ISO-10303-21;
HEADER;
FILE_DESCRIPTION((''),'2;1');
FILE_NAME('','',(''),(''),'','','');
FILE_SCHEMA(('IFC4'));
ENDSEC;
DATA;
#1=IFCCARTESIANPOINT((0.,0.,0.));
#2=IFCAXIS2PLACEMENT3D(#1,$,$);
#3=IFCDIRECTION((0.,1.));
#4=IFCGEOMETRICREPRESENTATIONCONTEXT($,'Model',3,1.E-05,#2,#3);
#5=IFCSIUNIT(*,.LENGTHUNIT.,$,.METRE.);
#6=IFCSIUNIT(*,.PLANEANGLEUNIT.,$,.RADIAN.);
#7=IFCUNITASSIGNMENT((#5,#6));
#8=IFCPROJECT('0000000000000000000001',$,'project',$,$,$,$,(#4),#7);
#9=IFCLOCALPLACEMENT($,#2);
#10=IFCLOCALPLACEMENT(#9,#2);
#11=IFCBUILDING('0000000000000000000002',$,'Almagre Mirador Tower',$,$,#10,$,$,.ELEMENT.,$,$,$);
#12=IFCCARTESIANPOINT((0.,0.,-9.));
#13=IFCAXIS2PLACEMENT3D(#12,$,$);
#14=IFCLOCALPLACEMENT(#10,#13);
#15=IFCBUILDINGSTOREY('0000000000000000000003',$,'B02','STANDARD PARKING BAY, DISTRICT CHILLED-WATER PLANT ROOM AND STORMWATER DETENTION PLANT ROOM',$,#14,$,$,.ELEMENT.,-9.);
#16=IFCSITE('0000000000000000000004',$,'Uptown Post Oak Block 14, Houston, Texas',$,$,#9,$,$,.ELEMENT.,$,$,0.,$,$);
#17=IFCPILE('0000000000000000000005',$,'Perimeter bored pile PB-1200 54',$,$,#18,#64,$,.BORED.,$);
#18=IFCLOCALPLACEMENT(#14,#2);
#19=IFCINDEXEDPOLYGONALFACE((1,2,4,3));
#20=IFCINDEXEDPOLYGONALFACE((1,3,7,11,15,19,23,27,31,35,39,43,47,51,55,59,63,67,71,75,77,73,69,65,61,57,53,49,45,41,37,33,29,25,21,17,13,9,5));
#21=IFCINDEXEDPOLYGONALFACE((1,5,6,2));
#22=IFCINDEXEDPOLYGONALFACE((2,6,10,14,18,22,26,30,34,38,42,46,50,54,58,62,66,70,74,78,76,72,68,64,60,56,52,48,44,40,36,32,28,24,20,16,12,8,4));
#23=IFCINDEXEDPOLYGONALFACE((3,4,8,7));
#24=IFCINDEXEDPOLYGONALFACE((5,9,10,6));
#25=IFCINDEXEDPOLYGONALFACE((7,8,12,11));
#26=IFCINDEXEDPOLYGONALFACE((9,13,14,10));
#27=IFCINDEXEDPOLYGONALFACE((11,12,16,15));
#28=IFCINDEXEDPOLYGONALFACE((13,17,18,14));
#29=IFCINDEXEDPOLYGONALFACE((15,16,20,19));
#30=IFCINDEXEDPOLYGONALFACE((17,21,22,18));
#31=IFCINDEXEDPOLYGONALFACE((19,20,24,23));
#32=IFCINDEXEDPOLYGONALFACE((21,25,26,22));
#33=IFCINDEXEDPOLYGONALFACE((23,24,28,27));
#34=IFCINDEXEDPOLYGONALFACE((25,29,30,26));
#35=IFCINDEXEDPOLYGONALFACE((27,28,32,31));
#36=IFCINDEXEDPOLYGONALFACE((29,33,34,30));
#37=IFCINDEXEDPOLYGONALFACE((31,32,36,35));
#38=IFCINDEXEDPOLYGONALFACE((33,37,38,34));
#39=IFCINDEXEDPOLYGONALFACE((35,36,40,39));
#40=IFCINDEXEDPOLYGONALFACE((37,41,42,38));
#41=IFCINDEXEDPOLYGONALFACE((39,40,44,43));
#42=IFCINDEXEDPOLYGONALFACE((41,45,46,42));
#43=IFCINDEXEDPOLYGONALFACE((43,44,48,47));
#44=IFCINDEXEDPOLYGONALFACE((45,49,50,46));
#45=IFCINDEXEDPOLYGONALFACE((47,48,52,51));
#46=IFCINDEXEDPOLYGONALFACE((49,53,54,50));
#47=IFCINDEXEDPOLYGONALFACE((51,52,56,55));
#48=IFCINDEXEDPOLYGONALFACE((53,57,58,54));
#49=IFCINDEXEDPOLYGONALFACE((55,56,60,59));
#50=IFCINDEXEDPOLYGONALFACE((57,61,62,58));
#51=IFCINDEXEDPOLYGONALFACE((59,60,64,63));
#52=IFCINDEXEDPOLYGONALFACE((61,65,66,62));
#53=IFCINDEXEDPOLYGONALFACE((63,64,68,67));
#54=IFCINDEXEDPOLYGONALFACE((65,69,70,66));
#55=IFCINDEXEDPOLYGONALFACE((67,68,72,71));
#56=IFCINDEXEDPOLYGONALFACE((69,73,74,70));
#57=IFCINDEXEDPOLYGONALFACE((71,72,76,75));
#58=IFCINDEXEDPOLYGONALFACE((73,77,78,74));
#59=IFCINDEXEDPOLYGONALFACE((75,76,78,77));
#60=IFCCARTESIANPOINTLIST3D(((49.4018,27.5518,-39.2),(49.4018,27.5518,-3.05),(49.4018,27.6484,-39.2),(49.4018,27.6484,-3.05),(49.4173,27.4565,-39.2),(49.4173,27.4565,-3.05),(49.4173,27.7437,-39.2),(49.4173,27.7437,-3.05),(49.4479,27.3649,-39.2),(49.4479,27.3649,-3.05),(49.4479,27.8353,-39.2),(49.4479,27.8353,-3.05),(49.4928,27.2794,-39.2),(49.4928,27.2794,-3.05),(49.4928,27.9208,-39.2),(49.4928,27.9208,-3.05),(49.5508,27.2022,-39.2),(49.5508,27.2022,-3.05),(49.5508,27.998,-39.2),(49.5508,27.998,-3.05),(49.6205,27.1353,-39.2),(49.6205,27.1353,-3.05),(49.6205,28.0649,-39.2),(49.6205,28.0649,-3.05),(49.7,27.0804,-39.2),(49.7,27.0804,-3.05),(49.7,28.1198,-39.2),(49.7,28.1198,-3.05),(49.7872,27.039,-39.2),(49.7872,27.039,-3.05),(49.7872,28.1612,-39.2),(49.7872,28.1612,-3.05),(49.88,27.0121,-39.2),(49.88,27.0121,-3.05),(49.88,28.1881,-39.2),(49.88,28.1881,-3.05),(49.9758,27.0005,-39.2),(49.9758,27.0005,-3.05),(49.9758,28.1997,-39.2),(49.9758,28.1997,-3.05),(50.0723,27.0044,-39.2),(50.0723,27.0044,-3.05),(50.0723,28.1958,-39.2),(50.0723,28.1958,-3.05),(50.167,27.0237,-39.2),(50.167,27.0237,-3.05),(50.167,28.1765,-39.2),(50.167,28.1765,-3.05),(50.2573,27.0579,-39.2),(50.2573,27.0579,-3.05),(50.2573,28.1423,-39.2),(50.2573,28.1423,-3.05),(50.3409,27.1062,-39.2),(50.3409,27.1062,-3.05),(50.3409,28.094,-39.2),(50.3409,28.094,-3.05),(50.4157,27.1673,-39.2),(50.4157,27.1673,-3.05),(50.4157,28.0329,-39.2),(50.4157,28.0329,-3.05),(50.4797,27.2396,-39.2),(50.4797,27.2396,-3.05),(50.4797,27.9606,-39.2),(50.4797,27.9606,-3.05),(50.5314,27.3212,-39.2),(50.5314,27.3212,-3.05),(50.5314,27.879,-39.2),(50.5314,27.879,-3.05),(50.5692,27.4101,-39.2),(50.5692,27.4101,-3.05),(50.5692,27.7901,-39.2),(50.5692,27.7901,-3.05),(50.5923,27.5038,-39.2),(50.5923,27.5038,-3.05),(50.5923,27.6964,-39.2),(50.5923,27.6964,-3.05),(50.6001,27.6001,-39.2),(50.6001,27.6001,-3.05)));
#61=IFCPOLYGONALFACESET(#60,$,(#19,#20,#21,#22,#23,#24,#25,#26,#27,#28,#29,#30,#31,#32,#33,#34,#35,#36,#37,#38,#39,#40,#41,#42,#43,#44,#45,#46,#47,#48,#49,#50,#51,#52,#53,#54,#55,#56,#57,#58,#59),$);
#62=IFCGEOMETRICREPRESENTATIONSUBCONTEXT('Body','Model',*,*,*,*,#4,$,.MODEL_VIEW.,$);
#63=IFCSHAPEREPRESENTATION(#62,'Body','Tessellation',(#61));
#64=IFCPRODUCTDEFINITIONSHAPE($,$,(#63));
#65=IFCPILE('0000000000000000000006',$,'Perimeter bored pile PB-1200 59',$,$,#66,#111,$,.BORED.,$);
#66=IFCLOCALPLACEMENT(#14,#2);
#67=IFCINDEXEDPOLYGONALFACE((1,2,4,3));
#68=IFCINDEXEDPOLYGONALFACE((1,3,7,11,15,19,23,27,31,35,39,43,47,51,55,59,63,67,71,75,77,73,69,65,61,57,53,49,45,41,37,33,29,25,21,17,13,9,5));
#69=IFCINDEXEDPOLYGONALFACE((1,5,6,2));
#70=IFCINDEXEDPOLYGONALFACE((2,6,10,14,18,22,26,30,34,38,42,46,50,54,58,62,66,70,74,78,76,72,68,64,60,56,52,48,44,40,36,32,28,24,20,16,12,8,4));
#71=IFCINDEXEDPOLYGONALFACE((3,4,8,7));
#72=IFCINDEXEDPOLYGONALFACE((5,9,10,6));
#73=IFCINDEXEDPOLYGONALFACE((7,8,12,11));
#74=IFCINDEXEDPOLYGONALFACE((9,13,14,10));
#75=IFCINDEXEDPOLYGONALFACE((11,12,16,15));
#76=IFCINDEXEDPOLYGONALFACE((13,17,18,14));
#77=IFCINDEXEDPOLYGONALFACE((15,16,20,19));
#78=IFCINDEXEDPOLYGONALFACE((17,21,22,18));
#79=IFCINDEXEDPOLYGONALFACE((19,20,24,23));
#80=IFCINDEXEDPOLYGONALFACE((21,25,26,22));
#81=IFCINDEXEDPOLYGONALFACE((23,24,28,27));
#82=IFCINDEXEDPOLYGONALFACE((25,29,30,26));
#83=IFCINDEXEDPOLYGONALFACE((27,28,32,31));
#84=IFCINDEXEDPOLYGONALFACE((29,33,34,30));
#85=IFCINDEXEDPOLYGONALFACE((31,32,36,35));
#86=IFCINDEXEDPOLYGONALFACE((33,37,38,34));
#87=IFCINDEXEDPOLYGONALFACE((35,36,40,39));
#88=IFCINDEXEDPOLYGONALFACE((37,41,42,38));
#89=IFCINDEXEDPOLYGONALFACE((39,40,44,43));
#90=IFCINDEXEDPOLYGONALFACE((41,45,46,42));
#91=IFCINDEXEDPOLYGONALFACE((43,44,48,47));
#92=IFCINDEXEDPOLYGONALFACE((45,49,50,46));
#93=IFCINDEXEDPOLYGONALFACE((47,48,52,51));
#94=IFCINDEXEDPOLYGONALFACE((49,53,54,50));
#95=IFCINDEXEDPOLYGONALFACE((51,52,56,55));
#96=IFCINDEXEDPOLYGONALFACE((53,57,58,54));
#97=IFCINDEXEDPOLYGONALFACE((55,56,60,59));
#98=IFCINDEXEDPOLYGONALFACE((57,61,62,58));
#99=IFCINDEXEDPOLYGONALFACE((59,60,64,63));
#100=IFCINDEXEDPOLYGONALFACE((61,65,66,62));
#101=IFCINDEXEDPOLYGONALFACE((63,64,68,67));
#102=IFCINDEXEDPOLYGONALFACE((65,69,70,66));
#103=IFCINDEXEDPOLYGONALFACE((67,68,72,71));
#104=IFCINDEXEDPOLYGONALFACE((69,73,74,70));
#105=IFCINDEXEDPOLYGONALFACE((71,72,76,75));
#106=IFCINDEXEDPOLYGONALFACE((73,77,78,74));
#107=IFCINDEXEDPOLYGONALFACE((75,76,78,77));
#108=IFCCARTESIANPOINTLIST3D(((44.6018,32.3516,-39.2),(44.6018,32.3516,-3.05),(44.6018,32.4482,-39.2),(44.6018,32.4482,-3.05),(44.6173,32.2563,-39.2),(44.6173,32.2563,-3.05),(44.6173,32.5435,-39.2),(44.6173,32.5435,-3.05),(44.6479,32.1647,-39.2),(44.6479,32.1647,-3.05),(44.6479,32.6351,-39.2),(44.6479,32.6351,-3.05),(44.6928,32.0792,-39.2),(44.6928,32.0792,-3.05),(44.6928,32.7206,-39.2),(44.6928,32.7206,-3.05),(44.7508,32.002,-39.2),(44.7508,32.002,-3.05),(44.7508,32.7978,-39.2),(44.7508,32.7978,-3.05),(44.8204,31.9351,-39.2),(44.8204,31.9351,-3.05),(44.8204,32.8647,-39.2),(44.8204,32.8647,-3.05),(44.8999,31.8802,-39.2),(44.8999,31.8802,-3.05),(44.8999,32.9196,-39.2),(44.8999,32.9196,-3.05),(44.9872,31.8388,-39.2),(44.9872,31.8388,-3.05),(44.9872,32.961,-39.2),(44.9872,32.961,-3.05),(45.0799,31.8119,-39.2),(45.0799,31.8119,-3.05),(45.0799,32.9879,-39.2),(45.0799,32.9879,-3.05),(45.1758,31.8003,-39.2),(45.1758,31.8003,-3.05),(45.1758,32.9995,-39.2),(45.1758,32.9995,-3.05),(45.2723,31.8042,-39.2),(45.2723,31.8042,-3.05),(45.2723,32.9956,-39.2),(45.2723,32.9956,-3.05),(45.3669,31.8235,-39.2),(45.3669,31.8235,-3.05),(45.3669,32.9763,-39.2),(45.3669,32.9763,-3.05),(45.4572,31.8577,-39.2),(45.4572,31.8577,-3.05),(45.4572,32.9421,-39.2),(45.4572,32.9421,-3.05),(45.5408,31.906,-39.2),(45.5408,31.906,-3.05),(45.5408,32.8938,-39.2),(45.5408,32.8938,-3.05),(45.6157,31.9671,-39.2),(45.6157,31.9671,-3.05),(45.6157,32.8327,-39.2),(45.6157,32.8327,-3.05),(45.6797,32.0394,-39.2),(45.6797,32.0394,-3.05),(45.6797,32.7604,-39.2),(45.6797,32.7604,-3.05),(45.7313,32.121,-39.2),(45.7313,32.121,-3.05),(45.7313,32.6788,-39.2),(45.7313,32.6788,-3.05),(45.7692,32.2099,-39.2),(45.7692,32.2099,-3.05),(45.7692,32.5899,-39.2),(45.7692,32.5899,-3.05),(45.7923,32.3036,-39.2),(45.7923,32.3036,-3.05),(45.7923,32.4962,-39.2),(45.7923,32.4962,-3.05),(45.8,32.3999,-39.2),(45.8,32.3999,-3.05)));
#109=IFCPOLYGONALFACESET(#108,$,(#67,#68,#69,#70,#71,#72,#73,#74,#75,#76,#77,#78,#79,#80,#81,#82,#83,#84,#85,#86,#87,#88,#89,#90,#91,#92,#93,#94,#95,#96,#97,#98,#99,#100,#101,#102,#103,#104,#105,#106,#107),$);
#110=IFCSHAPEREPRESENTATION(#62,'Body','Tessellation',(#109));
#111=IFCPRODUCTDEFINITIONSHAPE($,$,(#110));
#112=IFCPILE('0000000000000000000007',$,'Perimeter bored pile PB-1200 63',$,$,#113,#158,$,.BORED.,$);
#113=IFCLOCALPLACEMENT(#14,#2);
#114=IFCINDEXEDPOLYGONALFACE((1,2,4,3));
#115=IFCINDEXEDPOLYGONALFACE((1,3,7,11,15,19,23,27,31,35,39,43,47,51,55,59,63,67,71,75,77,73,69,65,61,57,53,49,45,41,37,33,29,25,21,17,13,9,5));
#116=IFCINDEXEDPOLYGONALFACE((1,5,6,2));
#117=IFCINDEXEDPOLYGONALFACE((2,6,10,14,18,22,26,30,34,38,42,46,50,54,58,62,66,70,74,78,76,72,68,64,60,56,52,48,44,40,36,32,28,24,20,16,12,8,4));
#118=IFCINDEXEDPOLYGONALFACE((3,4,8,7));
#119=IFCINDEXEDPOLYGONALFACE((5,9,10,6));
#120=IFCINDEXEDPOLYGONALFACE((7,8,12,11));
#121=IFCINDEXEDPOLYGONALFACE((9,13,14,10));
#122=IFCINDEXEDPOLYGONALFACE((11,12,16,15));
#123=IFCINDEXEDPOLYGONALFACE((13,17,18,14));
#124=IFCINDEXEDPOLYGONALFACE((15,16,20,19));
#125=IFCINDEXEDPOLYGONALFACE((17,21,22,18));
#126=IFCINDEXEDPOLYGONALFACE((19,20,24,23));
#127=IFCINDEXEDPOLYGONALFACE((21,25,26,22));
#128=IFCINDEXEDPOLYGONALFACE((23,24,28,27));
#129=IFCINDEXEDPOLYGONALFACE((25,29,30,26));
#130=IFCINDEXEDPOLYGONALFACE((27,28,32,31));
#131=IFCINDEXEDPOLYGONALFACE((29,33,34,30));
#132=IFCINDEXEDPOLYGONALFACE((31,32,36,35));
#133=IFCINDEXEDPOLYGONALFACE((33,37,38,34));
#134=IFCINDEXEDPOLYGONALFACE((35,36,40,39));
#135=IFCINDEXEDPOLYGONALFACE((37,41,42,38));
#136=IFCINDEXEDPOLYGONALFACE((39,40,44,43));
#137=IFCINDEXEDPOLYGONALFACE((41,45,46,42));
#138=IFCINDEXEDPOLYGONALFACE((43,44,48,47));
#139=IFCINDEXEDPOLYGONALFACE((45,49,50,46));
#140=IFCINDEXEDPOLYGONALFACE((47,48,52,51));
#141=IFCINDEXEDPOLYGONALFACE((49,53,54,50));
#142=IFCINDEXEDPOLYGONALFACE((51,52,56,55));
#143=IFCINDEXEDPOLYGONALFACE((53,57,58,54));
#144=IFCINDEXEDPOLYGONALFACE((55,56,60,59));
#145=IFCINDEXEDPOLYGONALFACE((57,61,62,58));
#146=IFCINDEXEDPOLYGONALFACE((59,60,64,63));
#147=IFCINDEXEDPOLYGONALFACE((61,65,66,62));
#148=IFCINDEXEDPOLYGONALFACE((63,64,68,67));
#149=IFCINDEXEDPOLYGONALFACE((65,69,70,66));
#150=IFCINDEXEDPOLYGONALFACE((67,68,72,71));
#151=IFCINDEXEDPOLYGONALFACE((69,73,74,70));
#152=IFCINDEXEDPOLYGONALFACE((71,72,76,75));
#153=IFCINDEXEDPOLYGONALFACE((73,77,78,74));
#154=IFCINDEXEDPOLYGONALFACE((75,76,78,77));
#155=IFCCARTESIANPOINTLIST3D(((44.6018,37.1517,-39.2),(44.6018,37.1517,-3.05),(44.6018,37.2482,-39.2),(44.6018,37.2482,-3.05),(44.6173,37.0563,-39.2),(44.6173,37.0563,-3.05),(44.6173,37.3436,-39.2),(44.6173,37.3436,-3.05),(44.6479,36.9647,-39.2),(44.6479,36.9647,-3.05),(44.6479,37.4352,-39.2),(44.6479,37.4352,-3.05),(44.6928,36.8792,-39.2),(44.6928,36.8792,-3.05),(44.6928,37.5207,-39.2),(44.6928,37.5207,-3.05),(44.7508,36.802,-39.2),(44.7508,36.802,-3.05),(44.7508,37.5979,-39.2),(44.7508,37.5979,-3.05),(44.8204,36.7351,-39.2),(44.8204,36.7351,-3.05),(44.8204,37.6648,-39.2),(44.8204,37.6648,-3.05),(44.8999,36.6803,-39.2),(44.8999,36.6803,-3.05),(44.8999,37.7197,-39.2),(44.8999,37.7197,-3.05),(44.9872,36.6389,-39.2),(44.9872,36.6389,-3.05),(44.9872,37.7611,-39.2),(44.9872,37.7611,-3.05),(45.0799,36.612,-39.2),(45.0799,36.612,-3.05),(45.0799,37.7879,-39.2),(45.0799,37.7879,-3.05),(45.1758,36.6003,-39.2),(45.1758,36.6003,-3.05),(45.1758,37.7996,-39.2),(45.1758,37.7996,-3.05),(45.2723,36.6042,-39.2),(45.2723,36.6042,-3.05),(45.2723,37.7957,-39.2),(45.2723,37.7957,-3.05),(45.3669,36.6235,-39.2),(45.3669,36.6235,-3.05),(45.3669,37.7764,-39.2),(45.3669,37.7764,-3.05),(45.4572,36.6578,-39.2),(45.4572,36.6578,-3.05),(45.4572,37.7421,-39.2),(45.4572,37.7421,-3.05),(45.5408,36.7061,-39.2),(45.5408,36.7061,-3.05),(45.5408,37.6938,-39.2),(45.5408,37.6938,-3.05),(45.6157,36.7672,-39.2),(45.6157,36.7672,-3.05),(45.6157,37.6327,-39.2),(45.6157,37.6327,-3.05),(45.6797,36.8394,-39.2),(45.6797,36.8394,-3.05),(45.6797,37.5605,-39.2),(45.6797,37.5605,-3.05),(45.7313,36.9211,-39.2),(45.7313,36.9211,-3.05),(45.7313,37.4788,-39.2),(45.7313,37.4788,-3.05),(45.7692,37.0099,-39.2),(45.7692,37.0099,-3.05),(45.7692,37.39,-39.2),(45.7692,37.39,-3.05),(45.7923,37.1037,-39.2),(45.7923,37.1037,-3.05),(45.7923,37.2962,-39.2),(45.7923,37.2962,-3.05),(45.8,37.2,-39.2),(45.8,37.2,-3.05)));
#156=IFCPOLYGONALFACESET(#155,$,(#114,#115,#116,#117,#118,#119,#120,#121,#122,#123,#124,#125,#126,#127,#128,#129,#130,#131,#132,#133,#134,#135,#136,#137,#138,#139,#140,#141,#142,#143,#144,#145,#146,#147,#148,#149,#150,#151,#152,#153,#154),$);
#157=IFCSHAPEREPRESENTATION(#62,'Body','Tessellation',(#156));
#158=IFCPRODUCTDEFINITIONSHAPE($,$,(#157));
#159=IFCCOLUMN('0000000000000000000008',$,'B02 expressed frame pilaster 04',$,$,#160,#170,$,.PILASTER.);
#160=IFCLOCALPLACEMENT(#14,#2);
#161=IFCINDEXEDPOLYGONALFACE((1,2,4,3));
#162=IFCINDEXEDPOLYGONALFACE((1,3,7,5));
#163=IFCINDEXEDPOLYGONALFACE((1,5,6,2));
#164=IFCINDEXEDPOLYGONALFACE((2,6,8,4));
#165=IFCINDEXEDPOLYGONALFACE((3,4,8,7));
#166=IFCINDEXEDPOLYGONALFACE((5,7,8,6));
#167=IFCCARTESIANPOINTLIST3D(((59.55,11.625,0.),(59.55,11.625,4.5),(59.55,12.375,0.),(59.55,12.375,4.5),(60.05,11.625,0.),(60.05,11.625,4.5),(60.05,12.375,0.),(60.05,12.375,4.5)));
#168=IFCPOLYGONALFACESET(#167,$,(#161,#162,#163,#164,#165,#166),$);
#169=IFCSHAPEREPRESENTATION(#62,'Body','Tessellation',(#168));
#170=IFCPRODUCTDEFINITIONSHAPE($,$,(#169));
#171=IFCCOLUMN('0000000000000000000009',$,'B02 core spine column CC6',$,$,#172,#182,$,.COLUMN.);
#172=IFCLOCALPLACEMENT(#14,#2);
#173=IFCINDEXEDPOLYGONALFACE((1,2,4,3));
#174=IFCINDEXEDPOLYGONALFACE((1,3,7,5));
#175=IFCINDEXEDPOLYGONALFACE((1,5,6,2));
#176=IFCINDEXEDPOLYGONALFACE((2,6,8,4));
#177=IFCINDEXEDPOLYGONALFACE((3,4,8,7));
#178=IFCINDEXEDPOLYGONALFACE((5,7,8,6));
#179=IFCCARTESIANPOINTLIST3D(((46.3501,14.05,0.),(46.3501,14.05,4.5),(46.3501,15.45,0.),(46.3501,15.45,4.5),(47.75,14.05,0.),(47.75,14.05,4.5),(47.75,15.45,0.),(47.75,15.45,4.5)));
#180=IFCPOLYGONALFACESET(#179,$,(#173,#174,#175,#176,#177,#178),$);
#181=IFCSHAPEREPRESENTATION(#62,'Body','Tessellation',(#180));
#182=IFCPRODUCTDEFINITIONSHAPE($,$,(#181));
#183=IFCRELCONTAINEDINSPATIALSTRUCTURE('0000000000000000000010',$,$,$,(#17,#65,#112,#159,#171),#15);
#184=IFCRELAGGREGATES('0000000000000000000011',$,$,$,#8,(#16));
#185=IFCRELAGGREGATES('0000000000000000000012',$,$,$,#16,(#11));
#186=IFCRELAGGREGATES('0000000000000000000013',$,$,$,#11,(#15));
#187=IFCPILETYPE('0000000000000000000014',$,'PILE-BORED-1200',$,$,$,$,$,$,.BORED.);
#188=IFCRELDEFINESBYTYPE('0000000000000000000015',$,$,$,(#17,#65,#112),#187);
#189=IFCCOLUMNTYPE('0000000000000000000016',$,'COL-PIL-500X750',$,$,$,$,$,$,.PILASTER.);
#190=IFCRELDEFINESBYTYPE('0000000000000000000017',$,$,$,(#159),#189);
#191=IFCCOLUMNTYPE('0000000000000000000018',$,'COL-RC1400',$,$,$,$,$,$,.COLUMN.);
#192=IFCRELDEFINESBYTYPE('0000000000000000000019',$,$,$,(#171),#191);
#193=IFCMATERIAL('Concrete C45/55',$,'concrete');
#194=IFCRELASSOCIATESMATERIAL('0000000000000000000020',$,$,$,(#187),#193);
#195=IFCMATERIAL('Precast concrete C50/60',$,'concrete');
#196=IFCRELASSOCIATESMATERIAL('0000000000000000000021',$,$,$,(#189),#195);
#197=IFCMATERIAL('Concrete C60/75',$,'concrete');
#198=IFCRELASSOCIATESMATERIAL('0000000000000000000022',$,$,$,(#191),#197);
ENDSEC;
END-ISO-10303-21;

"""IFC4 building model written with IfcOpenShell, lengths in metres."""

from ifc_helpers import new_model, si_unit, direction, frame, origin, origin_2d, place, context, subcontext, project, spatial, rectangle, circle, extrude, material, material_profile, profile_set, type_object, element, save


model = new_model("IFC4")

# Units and contexts
model_context = context("Model", 3, precision=1e-05, world=origin(), true_north=direction((0.0, 1.0)))
body_context = subcontext(model_context, "Body", "Model", "MODEL_VIEW")
ifc_project = project(units=[si_unit("LENGTHUNIT", "METRE"), si_unit("PLANEANGLEUNIT", "RADIAN")], contexts=[model_context])

# Site, building, storey
site_placement = place(None, origin())
site = spatial("IfcSite", under=ifc_project, at=site_placement, Name="Uptown Post Oak Block 14, Houston, Texas", CompositionType="ELEMENT", RefElevation=0.0)
building_placement = place(site_placement, origin())
building = spatial("IfcBuilding", under=site, at=building_placement, Name="Almagre Mirador Tower", CompositionType="ELEMENT")
storey_placement = place(building_placement, frame((0.0, 0.0, -9.0)))
storey = spatial("IfcBuildingStorey", under=building, at=storey_placement, Name="B02", Description="STANDARD PARKING BAY, DISTRICT CHILLED-WATER PLANT ROOM AND STORMWATER DETENTION PLANT ROOM", CompositionType="ELEMENT", Elevation=-9.0)

# Piles
ifc_material_1 = material(Name="Concrete C45/55", Category="concrete")
ifc_material_profile_1 = material_profile(ifc_material_1, circle(Radius=0.6001, at=origin_2d()), Name="PILE1200D")
ifc_profile_set_1 = profile_set([ifc_material_profile_1], Name="Concrete C45/55")
pile_type = type_object("IfcPileType", Name="PILE-BORED-1200", PredefinedType="BORED", material=ifc_profile_set_1)
for number, where, z_axis, x_axis, name in (
    (1, (50.0, 27.6001, -3.05), (0.0, 0.0, -1.0), (1.0, 0.0, 0.0), "Perimeter bored pile PB-1200 54"),
    (2, (45.2, 32.3999, -3.05), (0.0, 0.0, -1.0), (1.0, 0.0, 0.0), "Perimeter bored pile PB-1200 59"),
    (3, (45.2, 37.2, -3.05), (0.0, 0.0, -1.0), (1.0, 0.0, 0.0), "Perimeter bored pile PB-1200 63"),
):
    element("IfcPile", number, at=place(storey_placement, frame(where, z_axis=z_axis, x_axis=x_axis)), inside=storey, type_object=pile_type, Name=name, PredefinedType="BORED", context=body_context, shape_type="SweptSolid", body=[
        extrude(circle(Radius=0.6001, at=origin_2d()), origin(), (0.0, 0.0, 1.0), 36.1499),
    ])

# Columns
ifc_material_2 = material(Name="Precast concrete C50/60", Category="concrete")
ifc_material_profile_2 = material_profile(ifc_material_2, rectangle(XDim=0.5, YDim=0.75, at=origin_2d()), Name="RC500X750")
ifc_profile_set_2 = profile_set([ifc_material_profile_2], Name="Precast concrete C50/60")
column_type_1 = type_object("IfcColumnType", Name="COL-PIL-500X750", PredefinedType="PILASTER", material=ifc_profile_set_2)
column_1_placement = place(storey_placement, frame((59.8, 12.0, 0.0), z_axis=(0.0, 0.0, 1.0), x_axis=(1.0, 0.0, 0.0)))
element("IfcColumn", 4, at=column_1_placement, inside=storey, type_object=column_type_1, Name="B02 expressed frame pilaster 04", PredefinedType="PILASTER", context=body_context, shape_type="SweptSolid", body=[
    extrude(rectangle(XDim=0.5, YDim=0.75, at=origin_2d()), origin(), (0.0, 0.0, 1.0), 4.5),
])
ifc_material_3 = material(Name="Concrete C60/75", Category="concrete")
ifc_material_profile_3 = material_profile(ifc_material_3, rectangle(XDim=1.3999, YDim=1.3999, at=origin_2d()), Name="RC1400X1400")
ifc_profile_set_3 = profile_set([ifc_material_profile_3], Name="Concrete C60/75")
column_type_2 = type_object("IfcColumnType", Name="COL-RC1400", PredefinedType="COLUMN", material=ifc_profile_set_3)
column_2_placement = place(storey_placement, frame((47.05, 14.75, 0.0), z_axis=(0.0, 0.0, 1.0), x_axis=(1.0, 0.0, 0.0)))
element("IfcColumn", 5, at=column_2_placement, inside=storey, type_object=column_type_2, Name="B02 core spine column CC6", PredefinedType="COLUMN", context=body_context, shape_type="SweptSolid", body=[
    extrude(rectangle(XDim=1.3999, YDim=1.3999, at=origin_2d()), origin(), (0.0, 0.0, 1.0), 4.5),
])

save(model, "model.ifc")
